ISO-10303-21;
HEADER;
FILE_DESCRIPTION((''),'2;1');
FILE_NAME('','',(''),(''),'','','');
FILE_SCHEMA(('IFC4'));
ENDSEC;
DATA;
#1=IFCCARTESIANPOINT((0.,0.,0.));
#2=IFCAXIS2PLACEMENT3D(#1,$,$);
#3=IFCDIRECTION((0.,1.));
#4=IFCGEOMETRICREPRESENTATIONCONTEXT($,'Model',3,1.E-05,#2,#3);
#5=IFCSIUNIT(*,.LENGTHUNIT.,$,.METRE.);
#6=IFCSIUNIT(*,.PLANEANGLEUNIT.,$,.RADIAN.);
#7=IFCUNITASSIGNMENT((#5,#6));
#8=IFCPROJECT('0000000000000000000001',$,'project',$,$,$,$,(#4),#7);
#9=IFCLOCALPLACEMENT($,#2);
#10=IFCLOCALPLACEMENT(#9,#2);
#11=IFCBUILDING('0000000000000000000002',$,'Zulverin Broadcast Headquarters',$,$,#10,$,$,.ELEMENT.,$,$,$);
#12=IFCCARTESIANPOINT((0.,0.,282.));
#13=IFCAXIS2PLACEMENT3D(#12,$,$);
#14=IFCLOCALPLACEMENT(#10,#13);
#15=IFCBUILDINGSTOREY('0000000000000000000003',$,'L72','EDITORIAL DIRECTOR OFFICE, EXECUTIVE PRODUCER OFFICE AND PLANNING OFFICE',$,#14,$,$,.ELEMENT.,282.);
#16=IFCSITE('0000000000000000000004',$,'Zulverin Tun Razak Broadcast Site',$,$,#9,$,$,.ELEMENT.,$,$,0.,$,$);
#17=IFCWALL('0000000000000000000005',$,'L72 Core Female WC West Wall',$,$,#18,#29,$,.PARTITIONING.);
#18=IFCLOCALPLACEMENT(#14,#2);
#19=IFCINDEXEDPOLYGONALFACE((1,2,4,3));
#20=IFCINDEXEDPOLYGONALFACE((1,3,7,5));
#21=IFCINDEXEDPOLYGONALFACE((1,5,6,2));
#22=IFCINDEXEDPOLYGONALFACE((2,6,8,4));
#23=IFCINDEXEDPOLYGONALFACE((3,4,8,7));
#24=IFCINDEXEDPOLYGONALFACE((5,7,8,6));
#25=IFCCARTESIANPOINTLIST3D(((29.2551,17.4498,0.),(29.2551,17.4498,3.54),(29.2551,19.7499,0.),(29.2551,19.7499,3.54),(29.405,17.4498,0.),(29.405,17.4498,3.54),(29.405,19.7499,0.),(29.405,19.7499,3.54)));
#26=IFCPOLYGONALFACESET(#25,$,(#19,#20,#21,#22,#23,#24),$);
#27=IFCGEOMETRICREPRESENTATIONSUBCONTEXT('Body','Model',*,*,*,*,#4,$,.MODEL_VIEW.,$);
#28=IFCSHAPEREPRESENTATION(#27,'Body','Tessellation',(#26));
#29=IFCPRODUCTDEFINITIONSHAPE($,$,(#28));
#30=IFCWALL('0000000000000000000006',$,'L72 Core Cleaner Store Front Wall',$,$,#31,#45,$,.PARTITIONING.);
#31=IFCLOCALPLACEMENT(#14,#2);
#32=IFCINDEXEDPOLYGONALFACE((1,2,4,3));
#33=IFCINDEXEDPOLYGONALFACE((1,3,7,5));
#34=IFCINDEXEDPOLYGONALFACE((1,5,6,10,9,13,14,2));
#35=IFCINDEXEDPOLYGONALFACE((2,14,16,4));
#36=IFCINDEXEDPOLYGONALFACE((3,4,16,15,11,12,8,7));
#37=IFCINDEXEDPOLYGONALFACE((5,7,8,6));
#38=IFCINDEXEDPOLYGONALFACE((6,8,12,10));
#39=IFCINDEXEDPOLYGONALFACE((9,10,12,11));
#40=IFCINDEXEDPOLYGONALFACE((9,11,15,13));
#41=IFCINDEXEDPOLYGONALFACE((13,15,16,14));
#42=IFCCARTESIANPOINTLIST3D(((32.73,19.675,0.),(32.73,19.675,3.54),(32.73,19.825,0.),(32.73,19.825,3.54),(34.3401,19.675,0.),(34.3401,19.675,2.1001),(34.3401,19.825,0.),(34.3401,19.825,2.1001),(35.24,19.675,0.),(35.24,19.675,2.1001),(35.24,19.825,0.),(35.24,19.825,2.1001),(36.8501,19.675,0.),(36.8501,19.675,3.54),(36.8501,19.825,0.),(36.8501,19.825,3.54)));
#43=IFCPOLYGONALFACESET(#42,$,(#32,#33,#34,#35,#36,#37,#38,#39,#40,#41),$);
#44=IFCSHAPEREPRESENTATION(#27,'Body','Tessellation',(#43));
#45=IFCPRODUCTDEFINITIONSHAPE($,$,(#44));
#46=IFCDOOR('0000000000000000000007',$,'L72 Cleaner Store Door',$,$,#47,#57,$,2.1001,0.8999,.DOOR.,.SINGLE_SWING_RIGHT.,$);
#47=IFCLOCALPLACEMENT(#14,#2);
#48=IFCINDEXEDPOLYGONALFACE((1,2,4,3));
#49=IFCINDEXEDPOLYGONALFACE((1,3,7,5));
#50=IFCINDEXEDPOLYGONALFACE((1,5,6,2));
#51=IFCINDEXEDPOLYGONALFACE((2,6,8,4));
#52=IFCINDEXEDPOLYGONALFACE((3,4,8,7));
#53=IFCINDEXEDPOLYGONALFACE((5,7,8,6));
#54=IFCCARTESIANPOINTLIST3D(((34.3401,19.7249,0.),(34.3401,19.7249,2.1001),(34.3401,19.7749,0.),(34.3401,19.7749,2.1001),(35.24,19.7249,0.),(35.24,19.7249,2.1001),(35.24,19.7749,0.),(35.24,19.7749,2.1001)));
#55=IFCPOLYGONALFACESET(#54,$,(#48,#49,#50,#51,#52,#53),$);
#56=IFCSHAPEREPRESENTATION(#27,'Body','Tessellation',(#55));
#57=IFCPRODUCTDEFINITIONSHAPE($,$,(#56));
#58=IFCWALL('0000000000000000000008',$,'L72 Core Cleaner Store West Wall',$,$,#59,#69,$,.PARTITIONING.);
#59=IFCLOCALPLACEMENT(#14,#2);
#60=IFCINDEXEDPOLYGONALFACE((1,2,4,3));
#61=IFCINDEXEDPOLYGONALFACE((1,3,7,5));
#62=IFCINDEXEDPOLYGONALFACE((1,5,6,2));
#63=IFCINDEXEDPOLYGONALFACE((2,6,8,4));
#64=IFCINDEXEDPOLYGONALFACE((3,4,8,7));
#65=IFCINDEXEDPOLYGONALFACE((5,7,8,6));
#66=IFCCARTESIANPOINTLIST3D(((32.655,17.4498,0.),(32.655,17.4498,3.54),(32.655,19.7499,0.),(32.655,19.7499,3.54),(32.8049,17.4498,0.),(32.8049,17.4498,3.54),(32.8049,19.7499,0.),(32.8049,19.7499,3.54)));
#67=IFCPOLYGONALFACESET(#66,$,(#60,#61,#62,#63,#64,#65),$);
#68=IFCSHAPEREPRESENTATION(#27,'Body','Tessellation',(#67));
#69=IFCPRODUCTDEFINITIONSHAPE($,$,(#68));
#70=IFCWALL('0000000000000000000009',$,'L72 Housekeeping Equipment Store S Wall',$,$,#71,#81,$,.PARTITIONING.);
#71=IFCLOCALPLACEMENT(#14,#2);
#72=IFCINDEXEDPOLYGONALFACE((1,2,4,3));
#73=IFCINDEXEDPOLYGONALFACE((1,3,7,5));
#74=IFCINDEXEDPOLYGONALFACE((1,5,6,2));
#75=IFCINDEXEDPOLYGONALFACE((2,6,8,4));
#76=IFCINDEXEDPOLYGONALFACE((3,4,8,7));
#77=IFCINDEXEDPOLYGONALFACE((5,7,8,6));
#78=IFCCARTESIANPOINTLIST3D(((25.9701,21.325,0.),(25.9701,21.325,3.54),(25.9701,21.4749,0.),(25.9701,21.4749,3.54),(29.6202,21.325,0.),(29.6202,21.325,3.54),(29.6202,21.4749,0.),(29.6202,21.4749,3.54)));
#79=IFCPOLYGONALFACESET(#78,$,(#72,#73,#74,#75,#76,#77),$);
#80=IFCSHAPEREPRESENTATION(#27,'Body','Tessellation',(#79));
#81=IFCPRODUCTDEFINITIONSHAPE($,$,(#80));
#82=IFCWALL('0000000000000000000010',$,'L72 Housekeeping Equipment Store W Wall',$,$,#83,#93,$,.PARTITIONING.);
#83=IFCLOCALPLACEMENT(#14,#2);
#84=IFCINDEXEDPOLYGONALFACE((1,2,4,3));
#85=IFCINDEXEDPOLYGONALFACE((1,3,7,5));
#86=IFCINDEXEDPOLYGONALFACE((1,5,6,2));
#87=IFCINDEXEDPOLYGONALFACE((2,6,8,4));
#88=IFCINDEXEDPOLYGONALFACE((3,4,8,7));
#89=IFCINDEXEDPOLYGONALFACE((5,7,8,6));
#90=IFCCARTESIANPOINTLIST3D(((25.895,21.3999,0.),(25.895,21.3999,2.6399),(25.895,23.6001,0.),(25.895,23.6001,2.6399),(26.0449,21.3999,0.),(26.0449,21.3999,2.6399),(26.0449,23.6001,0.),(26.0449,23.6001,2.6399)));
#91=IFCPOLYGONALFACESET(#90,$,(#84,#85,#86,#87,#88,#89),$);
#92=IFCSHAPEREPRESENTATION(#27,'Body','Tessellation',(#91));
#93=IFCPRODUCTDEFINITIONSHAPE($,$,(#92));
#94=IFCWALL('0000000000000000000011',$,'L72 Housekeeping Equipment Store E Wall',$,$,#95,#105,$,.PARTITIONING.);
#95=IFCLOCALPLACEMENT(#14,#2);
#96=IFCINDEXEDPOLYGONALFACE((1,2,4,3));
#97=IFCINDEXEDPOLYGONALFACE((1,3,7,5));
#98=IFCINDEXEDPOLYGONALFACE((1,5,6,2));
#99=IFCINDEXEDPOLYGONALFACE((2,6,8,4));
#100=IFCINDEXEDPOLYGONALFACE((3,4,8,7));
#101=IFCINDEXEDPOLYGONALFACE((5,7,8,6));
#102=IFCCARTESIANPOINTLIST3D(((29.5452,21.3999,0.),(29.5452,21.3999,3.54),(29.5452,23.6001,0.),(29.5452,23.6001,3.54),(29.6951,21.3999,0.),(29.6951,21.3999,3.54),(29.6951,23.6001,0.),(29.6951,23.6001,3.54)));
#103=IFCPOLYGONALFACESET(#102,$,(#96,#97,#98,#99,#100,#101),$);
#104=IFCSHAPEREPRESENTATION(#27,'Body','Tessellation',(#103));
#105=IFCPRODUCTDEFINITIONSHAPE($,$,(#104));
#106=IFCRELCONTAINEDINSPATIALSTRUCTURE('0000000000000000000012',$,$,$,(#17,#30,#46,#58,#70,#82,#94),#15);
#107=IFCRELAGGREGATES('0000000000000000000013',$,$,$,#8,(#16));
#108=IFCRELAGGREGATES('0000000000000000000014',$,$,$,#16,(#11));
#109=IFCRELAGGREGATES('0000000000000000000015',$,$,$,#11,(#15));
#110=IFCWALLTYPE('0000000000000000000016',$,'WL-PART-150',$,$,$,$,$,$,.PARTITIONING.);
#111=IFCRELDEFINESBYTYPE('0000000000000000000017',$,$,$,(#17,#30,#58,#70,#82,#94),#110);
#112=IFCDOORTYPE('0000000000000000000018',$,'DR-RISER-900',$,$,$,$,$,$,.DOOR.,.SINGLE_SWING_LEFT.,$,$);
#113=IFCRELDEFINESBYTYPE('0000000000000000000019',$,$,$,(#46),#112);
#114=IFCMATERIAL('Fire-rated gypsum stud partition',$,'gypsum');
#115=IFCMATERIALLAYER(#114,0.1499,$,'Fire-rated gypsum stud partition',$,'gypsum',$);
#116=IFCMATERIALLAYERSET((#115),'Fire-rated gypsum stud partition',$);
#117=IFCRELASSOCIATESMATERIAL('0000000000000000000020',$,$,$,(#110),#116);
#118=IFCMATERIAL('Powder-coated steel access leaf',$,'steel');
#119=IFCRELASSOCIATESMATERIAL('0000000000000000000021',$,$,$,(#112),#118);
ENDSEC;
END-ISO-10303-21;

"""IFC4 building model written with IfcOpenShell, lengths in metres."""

from ifc_helpers import new_model, si_unit, direction, frame, frame_2d, origin, place, context, subcontext, project, spatial, rectangle, extrude, material, layer, layer_set, type_object, element, fill, save


model = new_model("IFC4")

# Units and contexts
model_context = context("Model", 3, precision=1e-05, world=origin(), true_north=direction((0.0, 1.0)))
body_context = subcontext(model_context, "Body", "Model", "MODEL_VIEW")
ifc_project = project(units=[si_unit("LENGTHUNIT", "METRE"), si_unit("PLANEANGLEUNIT", "RADIAN")], contexts=[model_context])

# Site, building, storey
site_placement = place(None, origin())
site = spatial("IfcSite", under=ifc_project, at=site_placement, Name="Zulverin Tun Razak Broadcast Site", CompositionType="ELEMENT", RefElevation=0.0)
building_placement = place(site_placement, origin())
building = spatial("IfcBuilding", under=site, at=building_placement, Name="Zulverin Broadcast Headquarters", CompositionType="ELEMENT")
storey_placement = place(building_placement, frame((0.0, 0.0, 282.0)))
storey = spatial("IfcBuildingStorey", under=building, at=storey_placement, Name="L72", Description="EDITORIAL DIRECTOR OFFICE, EXECUTIVE PRODUCER OFFICE AND PLANNING OFFICE", CompositionType="ELEMENT", Elevation=282.0)

# Shared definitions
ifc_material_1 = material(Name="Fire-rated gypsum stud partition", Category="gypsum")
ifc_layer_1 = layer(ifc_material_1, 0.1499, Name="Fire-rated gypsum stud partition", Category="gypsum")
ifc_layer_set_1 = layer_set([ifc_layer_1], Name="Fire-rated gypsum stud partition")
wall_type_1 = type_object("IfcWallType", Name="WL-PART-150", PredefinedType="PARTITIONING", material=ifc_layer_set_1)

# Wall
wall_1_placement = place(storey_placement, frame((29.3301, 17.45, 0.0), z_axis=(0.0, 0.0, 1.0), x_axis=(0.0, 1.0, 0.0)))
element("IfcWall", 1, at=wall_1_placement, inside=storey, type_object=wall_type_1, Name="L72 Core Female WC West Wall", PredefinedType="PARTITIONING", context=body_context, shape_type="SweptSolid", body=[
    extrude(rectangle(XDim=2.3, YDim=0.1499, at=frame_2d((1.1499, 0.0))), origin(), (0.0, 0.0, 1.0), 3.54),
])

# Wall, opening, door
wall_2_placement = place(storey_placement, frame((32.73, 19.75, 0.0), z_axis=(0.0, 0.0, 1.0), x_axis=(1.0, 0.0, 0.0)))
wall_2 = element("IfcWall", 2, at=wall_2_placement, inside=storey, type_object=wall_type_1, Name="L72 Core Cleaner Store Front Wall", PredefinedType="PARTITIONING", context=body_context, shape_type="SweptSolid", body=[
    extrude(rectangle(XDim=4.1201, YDim=0.1499, at=frame_2d((2.0601, 0.0))), origin(), (0.0, 0.0, 1.0), 3.54),
])
opening_1_placement = place(wall_2_placement, frame((1.6101, 0.0, 0.0)))
opening_1 = element("IfcOpeningElement", 3, at=opening_1_placement, cuts=wall_2, PredefinedType="OPENING", context=body_context, shape_type="SweptSolid", body=[
    extrude(rectangle(XDim=0.8999, YDim=2.1001, at=frame_2d((0.45, 1.05))), frame((0.0, 0.085, 0.0), z_axis=(0.0, -1.0, 0.0), x_axis=(1.0, 0.0, 0.0)), (0.0, 0.0, 1.0), 0.1699),
])
ifc_material_2 = material(Name="Powder-coated steel access leaf", Category="steel")
door_type_1 = type_object("IfcDoorType", Name="DR-RISER-900", OperationType="SINGLE_SWING_LEFT", PredefinedType="DOOR", material=ifc_material_2)
door_1_placement = place(opening_1_placement, origin())
door_1 = element("IfcDoor", 4, at=door_1_placement, inside=storey, type_object=door_type_1, Name="L72 Cleaner Store Door", OperationType="SINGLE_SWING_RIGHT", OverallHeight=2.1001, OverallWidth=0.8999, PredefinedType="DOOR", context=body_context, shape_type="SweptSolid", body=[
    extrude(rectangle(XDim=0.8999, YDim=2.1001, at=frame_2d((0.45, 1.05))), frame((0.0, 0.0249, 0.0), z_axis=(0.0, -1.0, 0.0), x_axis=(1.0, 0.0, 0.0)), (0.0, 0.0, 1.0), 0.05),
])
fill(opening_1, door_1)

# Walls
wall_3_placement = place(storey_placement, frame((32.73, 17.45, 0.0), z_axis=(0.0, 0.0, 1.0), x_axis=(0.0, 1.0, 0.0)))
element("IfcWall", 5, at=wall_3_placement, inside=storey, type_object=wall_type_1, Name="L72 Core Cleaner Store West Wall", PredefinedType="PARTITIONING", context=body_context, shape_type="SweptSolid", body=[
    extrude(rectangle(XDim=2.3, YDim=0.1499, at=frame_2d((1.1499, 0.0))), origin(), (0.0, 0.0, 1.0), 3.54),
])
wall_4_placement = place(storey_placement, frame((25.97, 21.3999, 0.0), z_axis=(0.0, 0.0, 1.0), x_axis=(1.0, 0.0, 0.0)))
element("IfcWall", 6, at=wall_4_placement, inside=storey, type_object=wall_type_1, Name="L72 Housekeeping Equipment Store S Wall", PredefinedType="PARTITIONING", context=body_context, shape_type="SweptSolid", body=[
    extrude(rectangle(XDim=3.6501, YDim=0.1499, at=frame_2d((1.8252, 0.0))), origin(), (0.0, 0.0, 1.0), 3.54),
])
wall_5_placement = place(storey_placement, frame((25.97, 21.3999, 0.0), z_axis=(0.0, 0.0, 1.0), x_axis=(0.0, 1.0, 0.0)))
element("IfcWall", 7, at=wall_5_placement, inside=storey, type_object=wall_type_1, Name="L72 Housekeeping Equipment Store W Wall", PredefinedType="PARTITIONING", context=body_context, shape_type="SweptSolid", body=[
    extrude(rectangle(XDim=2.2002, YDim=0.1499, at=frame_2d((1.1001, 0.0))), origin(), (0.0, 0.0, 1.0), 2.6399),
])
wall_6_placement = place(storey_placement, frame((29.6201, 21.3999, 0.0), z_axis=(0.0, 0.0, 1.0), x_axis=(0.0, 1.0, 0.0)))
element("IfcWall", 8, at=wall_6_placement, inside=storey, type_object=wall_type_1, Name="L72 Housekeeping Equipment Store E Wall", PredefinedType="PARTITIONING", context=body_context, shape_type="SweptSolid", body=[
    extrude(rectangle(XDim=2.2002, YDim=0.1499, at=frame_2d((1.1001, 0.0))), origin(), (0.0, 0.0, 1.0), 3.54),
])

save(model, "model.ifc")
